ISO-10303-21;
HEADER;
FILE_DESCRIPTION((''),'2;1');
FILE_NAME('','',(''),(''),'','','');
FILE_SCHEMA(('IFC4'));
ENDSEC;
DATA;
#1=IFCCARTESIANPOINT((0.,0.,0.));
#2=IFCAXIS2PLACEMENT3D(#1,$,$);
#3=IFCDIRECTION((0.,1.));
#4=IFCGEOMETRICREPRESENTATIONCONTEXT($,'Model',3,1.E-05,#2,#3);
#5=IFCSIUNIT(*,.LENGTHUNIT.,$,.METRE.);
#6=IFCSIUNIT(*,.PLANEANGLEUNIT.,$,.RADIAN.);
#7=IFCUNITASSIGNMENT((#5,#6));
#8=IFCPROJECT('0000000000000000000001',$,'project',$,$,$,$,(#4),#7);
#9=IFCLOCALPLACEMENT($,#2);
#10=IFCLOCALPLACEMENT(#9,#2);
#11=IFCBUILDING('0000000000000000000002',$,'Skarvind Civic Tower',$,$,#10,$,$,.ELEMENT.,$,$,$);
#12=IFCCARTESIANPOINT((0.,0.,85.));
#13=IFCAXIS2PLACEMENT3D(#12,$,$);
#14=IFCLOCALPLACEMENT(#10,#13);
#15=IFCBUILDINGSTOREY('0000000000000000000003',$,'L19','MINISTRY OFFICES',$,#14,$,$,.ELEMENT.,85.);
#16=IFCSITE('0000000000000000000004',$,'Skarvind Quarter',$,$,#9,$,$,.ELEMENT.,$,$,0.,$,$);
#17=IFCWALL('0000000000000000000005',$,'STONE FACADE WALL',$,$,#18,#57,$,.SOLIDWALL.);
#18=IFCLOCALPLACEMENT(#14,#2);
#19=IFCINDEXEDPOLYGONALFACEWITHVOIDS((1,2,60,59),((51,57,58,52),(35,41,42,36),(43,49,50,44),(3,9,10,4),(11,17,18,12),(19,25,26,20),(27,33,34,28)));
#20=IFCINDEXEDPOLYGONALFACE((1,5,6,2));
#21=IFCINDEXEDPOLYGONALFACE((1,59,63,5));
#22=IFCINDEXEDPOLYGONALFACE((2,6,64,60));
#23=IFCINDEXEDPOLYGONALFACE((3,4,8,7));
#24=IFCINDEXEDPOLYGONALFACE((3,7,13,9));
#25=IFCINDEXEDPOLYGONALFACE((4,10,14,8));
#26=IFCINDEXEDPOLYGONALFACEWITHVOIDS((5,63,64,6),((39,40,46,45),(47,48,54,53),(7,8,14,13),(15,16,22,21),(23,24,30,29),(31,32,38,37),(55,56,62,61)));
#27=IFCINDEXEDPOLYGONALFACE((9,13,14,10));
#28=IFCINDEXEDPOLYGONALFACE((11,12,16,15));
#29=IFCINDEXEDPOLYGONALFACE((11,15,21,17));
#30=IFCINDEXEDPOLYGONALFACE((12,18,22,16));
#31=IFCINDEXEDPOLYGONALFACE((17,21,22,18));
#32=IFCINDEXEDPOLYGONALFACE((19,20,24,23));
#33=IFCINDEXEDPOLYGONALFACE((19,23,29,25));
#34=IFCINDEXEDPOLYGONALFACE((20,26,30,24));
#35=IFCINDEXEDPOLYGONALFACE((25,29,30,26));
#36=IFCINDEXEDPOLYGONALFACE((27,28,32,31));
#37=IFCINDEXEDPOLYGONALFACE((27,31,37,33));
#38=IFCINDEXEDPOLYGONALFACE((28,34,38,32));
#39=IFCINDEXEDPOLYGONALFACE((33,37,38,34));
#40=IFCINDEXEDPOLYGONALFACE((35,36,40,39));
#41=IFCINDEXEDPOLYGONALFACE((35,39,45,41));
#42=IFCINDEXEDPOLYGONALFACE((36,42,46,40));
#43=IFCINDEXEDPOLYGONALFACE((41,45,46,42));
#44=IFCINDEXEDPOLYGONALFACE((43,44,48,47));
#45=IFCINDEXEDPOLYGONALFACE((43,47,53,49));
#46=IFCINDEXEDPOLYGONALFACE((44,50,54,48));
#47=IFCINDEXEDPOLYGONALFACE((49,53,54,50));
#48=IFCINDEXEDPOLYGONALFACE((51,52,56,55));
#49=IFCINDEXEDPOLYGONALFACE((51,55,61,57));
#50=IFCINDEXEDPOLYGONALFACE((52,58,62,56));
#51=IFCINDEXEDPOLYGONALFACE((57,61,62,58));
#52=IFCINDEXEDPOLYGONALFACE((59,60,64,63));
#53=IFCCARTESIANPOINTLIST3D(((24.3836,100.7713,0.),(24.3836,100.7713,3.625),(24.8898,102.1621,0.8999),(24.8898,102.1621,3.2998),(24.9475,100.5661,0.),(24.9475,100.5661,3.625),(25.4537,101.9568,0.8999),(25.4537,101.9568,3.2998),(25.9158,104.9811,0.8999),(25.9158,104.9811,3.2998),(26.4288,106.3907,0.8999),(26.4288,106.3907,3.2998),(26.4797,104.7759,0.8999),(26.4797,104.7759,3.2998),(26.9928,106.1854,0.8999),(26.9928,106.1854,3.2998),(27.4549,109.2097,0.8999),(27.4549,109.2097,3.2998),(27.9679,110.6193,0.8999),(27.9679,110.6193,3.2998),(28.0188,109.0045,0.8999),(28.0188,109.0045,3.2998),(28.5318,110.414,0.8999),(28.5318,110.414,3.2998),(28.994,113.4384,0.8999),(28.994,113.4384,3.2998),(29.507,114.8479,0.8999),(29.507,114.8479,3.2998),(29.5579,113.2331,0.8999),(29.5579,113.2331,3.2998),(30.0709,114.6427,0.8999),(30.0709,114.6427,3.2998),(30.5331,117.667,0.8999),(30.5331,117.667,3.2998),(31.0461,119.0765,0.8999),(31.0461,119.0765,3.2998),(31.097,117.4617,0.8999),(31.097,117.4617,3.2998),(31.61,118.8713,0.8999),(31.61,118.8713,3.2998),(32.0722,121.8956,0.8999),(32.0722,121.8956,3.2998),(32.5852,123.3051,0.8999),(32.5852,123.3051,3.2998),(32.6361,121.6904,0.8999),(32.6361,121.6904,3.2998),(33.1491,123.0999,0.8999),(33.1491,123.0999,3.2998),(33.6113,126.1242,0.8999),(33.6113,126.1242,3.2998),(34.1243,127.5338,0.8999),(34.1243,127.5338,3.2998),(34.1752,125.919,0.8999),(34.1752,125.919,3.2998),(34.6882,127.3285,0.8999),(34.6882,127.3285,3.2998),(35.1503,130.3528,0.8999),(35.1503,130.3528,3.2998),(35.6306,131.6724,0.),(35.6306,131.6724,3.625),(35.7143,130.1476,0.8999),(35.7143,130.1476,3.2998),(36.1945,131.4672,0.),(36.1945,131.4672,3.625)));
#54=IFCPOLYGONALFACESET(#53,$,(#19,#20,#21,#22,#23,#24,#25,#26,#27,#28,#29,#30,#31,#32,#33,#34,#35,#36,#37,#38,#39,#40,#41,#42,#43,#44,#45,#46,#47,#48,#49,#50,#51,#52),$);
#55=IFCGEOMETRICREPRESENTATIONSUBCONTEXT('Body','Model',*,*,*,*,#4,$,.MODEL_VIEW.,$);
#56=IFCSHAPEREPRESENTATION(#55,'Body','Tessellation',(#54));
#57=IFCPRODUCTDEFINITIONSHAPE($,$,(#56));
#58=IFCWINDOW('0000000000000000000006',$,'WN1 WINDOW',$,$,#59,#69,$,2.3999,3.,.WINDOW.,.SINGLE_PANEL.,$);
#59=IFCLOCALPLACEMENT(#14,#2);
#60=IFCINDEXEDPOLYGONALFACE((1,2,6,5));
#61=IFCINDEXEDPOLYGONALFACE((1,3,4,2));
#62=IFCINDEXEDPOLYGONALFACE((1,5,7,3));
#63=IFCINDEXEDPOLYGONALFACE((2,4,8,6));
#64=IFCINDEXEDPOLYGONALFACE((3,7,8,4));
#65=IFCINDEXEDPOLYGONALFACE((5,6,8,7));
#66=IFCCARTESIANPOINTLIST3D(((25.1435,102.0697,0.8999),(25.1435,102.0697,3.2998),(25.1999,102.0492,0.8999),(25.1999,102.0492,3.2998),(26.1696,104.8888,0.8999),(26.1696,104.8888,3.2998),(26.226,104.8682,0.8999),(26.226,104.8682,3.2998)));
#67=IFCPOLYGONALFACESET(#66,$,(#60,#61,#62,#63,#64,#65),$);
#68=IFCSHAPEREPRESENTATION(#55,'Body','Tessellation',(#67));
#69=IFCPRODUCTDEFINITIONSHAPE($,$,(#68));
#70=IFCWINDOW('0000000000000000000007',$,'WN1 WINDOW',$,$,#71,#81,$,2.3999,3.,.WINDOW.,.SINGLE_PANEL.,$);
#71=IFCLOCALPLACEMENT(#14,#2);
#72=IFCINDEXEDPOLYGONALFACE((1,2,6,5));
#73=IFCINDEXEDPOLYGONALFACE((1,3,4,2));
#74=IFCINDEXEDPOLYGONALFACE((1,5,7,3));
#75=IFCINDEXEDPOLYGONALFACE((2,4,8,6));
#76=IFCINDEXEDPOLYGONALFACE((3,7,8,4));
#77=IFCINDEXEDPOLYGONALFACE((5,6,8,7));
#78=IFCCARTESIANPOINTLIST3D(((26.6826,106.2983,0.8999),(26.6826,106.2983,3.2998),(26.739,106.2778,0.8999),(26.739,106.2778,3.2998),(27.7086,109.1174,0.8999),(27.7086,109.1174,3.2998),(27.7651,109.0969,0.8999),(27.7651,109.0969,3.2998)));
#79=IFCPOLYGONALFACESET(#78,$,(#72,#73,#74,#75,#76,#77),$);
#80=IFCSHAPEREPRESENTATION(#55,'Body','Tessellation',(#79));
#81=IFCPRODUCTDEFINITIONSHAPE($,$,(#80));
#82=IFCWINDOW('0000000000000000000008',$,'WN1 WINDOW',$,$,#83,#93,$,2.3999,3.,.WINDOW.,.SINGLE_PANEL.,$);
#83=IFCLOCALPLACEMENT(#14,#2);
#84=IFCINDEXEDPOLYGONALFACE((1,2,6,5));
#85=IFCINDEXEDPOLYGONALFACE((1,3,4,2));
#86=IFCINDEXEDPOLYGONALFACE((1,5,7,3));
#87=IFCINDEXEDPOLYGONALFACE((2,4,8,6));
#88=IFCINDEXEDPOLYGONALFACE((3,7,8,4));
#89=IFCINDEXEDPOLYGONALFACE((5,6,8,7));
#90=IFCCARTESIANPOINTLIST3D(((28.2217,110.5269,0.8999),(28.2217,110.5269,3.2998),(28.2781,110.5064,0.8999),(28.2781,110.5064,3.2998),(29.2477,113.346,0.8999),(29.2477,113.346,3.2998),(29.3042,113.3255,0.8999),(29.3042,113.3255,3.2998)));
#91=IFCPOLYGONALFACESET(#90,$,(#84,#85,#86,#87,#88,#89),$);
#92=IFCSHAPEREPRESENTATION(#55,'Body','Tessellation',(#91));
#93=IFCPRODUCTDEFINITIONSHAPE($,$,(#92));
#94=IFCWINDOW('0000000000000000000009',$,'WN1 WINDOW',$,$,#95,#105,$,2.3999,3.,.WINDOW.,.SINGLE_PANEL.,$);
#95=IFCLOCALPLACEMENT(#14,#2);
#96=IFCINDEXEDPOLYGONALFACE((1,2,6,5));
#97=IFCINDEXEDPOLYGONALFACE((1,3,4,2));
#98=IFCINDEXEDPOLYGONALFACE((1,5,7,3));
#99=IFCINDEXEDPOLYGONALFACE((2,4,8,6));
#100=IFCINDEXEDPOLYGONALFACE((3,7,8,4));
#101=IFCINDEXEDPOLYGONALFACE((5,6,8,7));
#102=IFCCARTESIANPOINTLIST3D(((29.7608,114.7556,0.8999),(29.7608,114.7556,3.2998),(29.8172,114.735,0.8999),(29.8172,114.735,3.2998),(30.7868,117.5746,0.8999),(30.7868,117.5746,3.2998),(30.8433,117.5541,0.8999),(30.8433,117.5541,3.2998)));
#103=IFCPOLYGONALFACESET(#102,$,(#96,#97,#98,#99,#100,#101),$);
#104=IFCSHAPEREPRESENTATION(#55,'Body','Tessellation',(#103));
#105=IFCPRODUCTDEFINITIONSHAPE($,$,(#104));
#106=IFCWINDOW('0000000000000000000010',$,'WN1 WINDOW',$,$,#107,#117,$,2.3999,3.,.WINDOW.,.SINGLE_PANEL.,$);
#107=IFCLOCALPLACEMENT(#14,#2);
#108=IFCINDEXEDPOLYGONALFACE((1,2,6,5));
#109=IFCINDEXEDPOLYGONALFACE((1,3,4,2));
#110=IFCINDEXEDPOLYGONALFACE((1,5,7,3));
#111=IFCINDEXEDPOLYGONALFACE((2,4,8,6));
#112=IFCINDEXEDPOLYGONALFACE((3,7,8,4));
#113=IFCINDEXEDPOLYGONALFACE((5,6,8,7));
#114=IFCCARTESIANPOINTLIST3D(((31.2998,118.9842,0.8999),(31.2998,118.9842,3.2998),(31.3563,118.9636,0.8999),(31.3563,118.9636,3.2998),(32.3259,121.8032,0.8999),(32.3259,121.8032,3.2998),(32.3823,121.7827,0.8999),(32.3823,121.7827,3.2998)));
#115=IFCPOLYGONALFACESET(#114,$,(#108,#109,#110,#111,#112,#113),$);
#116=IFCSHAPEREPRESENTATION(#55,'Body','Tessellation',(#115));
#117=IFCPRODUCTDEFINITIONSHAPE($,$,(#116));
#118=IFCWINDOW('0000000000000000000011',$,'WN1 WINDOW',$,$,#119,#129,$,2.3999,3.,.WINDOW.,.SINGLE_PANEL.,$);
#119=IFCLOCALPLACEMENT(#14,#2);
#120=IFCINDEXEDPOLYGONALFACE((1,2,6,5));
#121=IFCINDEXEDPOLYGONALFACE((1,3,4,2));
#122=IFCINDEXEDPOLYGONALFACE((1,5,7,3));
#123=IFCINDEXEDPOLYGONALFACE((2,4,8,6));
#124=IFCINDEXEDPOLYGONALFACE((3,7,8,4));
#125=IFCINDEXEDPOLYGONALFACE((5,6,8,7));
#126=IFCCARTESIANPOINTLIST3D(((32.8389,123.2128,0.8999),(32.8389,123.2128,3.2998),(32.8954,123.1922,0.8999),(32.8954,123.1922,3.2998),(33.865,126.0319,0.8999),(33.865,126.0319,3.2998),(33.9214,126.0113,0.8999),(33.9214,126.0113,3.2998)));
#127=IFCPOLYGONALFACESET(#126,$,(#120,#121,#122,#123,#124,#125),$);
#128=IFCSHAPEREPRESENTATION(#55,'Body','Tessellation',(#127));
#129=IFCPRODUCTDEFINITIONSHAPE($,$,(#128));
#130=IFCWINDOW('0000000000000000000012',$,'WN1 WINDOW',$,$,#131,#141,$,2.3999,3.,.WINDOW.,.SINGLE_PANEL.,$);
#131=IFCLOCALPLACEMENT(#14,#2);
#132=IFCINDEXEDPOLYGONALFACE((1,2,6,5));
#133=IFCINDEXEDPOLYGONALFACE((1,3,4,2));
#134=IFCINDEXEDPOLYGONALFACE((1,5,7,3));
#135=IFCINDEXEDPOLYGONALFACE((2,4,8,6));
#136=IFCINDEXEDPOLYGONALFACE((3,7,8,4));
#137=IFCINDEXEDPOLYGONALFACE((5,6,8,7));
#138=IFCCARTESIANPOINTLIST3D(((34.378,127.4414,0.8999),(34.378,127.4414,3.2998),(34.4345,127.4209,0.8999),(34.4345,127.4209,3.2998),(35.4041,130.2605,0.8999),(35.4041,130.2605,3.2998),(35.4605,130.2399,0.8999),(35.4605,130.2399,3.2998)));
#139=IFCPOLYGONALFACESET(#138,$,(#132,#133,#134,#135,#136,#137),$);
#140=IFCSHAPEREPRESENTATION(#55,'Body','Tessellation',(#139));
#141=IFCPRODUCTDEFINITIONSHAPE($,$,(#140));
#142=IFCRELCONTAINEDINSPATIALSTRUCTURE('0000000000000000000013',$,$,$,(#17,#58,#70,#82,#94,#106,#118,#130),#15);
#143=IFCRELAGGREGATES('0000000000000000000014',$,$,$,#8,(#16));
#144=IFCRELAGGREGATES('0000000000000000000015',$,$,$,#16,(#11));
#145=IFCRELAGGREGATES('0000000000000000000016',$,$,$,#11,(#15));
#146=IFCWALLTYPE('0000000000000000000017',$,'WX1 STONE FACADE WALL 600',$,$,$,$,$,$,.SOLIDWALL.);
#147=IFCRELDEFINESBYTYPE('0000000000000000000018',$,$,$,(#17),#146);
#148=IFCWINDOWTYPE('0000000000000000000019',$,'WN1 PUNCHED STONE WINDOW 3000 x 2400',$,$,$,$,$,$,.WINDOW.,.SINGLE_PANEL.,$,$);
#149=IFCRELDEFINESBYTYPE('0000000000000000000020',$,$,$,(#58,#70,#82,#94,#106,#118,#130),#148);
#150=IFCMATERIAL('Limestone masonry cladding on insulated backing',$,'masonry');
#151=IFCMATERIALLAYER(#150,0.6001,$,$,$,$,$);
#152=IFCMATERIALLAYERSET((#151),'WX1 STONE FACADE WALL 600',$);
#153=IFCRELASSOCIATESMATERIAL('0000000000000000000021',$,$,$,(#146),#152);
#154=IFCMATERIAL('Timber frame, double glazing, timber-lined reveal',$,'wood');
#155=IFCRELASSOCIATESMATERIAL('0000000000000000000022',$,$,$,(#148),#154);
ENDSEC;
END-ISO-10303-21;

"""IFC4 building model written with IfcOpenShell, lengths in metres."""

from ifc_helpers import new_model, si_unit, direction, frame, frame_2d, origin, place, context, subcontext, project, spatial, rectangle, extrude, material, layer, layer_set, type_object, element, fill, save


model = new_model("IFC4")

# Units and contexts
model_context = context("Model", 3, precision=1e-05, world=origin(), true_north=direction((0.0, 1.0)))
body_context = subcontext(model_context, "Body", "Model", "MODEL_VIEW")
ifc_project = project(units=[si_unit("LENGTHUNIT", "METRE"), si_unit("PLANEANGLEUNIT", "RADIAN")], contexts=[model_context])

# Site, building, storey
site_placement = place(None, origin())
site = spatial("IfcSite", under=ifc_project, at=site_placement, Name="Skarvind Quarter", CompositionType="ELEMENT", RefElevation=0.0)
building_placement = place(site_placement, origin())
building = spatial("IfcBuilding", under=site, at=building_placement, Name="Skarvind Civic Tower", CompositionType="ELEMENT")
storey_placement = place(building_placement, frame((0.0, 0.0, 85.0)))
storey = spatial("IfcBuildingStorey", under=building, at=storey_placement, Name="L19", Description="MINISTRY OFFICES", CompositionType="ELEMENT", Elevation=85.0)

# Wall, openings, windows
ifc_material_1 = material(Name="Limestone masonry cladding on insulated backing", Category="masonry")
ifc_layer_1 = layer(ifc_material_1, 0.6001)
ifc_layer_set_1 = layer_set([ifc_layer_1], Name="WX1 STONE FACADE WALL 600")
wall_type_1 = type_object("IfcWallType", Name="WX1 STONE FACADE WALL 600", PredefinedType="SOLIDWALL", material=ifc_layer_set_1)
wall_1_placement = place(storey_placement, frame((24.6655, 100.6687, 0.0), z_axis=(0.0, 0.0, 1.0), x_axis=(0.34202, 0.939693, 0.0)))
wall_1 = element("IfcWall", 1, at=wall_1_placement, inside=storey, type_object=wall_type_1, Name="STONE FACADE WALL", PredefinedType="SOLIDWALL", context=body_context, shape_type="SweptSolid", body=[
    extrude(rectangle(XDim=32.8843, YDim=0.6001, at=frame_2d((16.4421, 0.0))), origin(), (0.0, 0.0, 1.0), 3.625),
])
opening_1_placement = place(wall_1_placement, frame((1.48, 0.0, 0.8999)))
opening_1 = element("IfcOpeningElement", 2, at=opening_1_placement, cuts=wall_1, PredefinedType="OPENING", context=body_context, shape_type="SweptSolid", body=[
    extrude(rectangle(XDim=3.0, YDim=2.3999, at=frame_2d((1.5, 1.2))), frame((0.0, 0.3101, 0.0), z_axis=(0.0, -1.0, 0.0), x_axis=(1.0, 0.0, 0.0)), (0.0, 0.0, 1.0), 0.6201),
])
opening_2_placement = place(wall_1_placement, frame((5.98, 0.0, 0.8999)))
opening_2 = element("IfcOpeningElement", 3, at=opening_2_placement, cuts=wall_1, PredefinedType="OPENING", context=body_context, shape_type="SweptSolid", body=[
    extrude(rectangle(XDim=3.0, YDim=2.3999, at=frame_2d((1.5, 1.2))), frame((0.0, 0.3101, 0.0), z_axis=(0.0, -1.0, 0.0), x_axis=(1.0, 0.0, 0.0)), (0.0, 0.0, 1.0), 0.6201),
])
opening_3_placement = place(wall_1_placement, frame((10.48, 0.0, 0.8999)))
opening_3 = element("IfcOpeningElement", 4, at=opening_3_placement, cuts=wall_1, PredefinedType="OPENING", context=body_context, shape_type="SweptSolid", body=[
    extrude(rectangle(XDim=3.0, YDim=2.3999, at=frame_2d((1.5, 1.2))), frame((0.0, 0.3101, 0.0), z_axis=(0.0, -1.0, 0.0), x_axis=(1.0, 0.0, 0.0)), (0.0, 0.0, 1.0), 0.6201),
])
opening_4_placement = place(wall_1_placement, frame((14.98, 0.0, 0.8999)))
opening_4 = element("IfcOpeningElement", 5, at=opening_4_placement, cuts=wall_1, PredefinedType="OPENING", context=body_context, shape_type="SweptSolid", body=[
    extrude(rectangle(XDim=3.0, YDim=2.3999, at=frame_2d((1.5, 1.2))), frame((0.0, 0.3101, 0.0), z_axis=(0.0, -1.0, 0.0), x_axis=(1.0, 0.0, 0.0)), (0.0, 0.0, 1.0), 0.6201),
])
opening_5_placement = place(wall_1_placement, frame((19.48, 0.0, 0.8999)))
opening_5 = element("IfcOpeningElement", 6, at=opening_5_placement, cuts=wall_1, PredefinedType="OPENING", context=body_context, shape_type="SweptSolid", body=[
    extrude(rectangle(XDim=3.0, YDim=2.3999, at=frame_2d((1.5, 1.2))), frame((0.0, 0.3101, 0.0), z_axis=(0.0, -1.0, 0.0), x_axis=(1.0, 0.0, 0.0)), (0.0, 0.0, 1.0), 0.6201),
])
opening_6_placement = place(wall_1_placement, frame((23.98, 0.0, 0.8999)))
opening_6 = element("IfcOpeningElement", 7, at=opening_6_placement, cuts=wall_1, PredefinedType="OPENING", context=body_context, shape_type="SweptSolid", body=[
    extrude(rectangle(XDim=3.0, YDim=2.3999, at=frame_2d((1.5, 1.2))), frame((0.0, 0.3101, 0.0), z_axis=(0.0, -1.0, 0.0), x_axis=(1.0, 0.0, 0.0)), (0.0, 0.0, 1.0), 0.6201),
])
opening_7_placement = place(wall_1_placement, frame((28.48, 0.0, 0.8999)))
opening_7 = element("IfcOpeningElement", 8, at=opening_7_placement, cuts=wall_1, PredefinedType="OPENING", context=body_context, shape_type="SweptSolid", body=[
    extrude(rectangle(XDim=3.0, YDim=2.3999, at=frame_2d((1.5, 1.2))), frame((0.0, 0.3101, 0.0), z_axis=(0.0, -1.0, 0.0), x_axis=(1.0, 0.0, 0.0)), (0.0, 0.0, 1.0), 0.6201),
])
ifc_material_2 = material(Name="Timber frame, double glazing, timber-lined reveal", Category="wood")
window_type = type_object("IfcWindowType", Name="WN1 PUNCHED STONE WINDOW 3000 x 2400", PartitioningType="SINGLE_PANEL", PredefinedType="WINDOW", material=ifc_material_2)
window_1_placement = place(opening_1_placement, origin())
window_1 = element("IfcWindow", 9, at=window_1_placement, inside=storey, type_object=window_type, Name="WN1 WINDOW", OverallHeight=2.3999, OverallWidth=3.0, PartitioningType="SINGLE_PANEL", PredefinedType="WINDOW", context=body_context, shape_type="SweptSolid", body=[
    extrude(rectangle(XDim=3.0, YDim=2.3999, at=frame_2d((1.5, 1.2))), frame((0.0, 0.03, 0.0), z_axis=(0.0, -1.0, 0.0), x_axis=(1.0, 0.0, 0.0)), (0.0, 0.0, 1.0), 0.0601),
])
fill(opening_1, window_1)
window_2_placement = place(opening_2_placement, origin())
window_2 = element("IfcWindow", 10, at=window_2_placement, inside=storey, type_object=window_type, Name="WN1 WINDOW", OverallHeight=2.3999, OverallWidth=3.0, PartitioningType="SINGLE_PANEL", PredefinedType="WINDOW", context=body_context, shape_type="SweptSolid", body=[
    extrude(rectangle(XDim=3.0, YDim=2.3999, at=frame_2d((1.5, 1.2))), frame((0.0, 0.03, 0.0), z_axis=(0.0, -1.0, 0.0), x_axis=(1.0, 0.0, 0.0)), (0.0, 0.0, 1.0), 0.0601),
])
fill(opening_2, window_2)
window_3_placement = place(opening_3_placement, origin())
window_3 = element("IfcWindow", 11, at=window_3_placement, inside=storey, type_object=window_type, Name="WN1 WINDOW", OverallHeight=2.3999, OverallWidth=3.0, PartitioningType="SINGLE_PANEL", PredefinedType="WINDOW", context=body_context, shape_type="SweptSolid", body=[
    extrude(rectangle(XDim=3.0, YDim=2.3999, at=frame_2d((1.5, 1.2))), frame((0.0, 0.03, 0.0), z_axis=(0.0, -1.0, 0.0), x_axis=(1.0, 0.0, 0.0)), (0.0, 0.0, 1.0), 0.0601),
])
fill(opening_3, window_3)
window_4_placement = place(opening_4_placement, origin())
window_4 = element("IfcWindow", 12, at=window_4_placement, inside=storey, type_object=window_type, Name="WN1 WINDOW", OverallHeight=2.3999, OverallWidth=3.0, PartitioningType="SINGLE_PANEL", PredefinedType="WINDOW", context=body_context, shape_type="SweptSolid", body=[
    extrude(rectangle(XDim=3.0, YDim=2.3999, at=frame_2d((1.5, 1.2))), frame((0.0, 0.03, 0.0), z_axis=(0.0, -1.0, 0.0), x_axis=(1.0, 0.0, 0.0)), (0.0, 0.0, 1.0), 0.0601),
])
fill(opening_4, window_4)
window_5_placement = place(opening_5_placement, origin())
window_5 = element("IfcWindow", 13, at=window_5_placement, inside=storey, type_object=window_type, Name="WN1 WINDOW", OverallHeight=2.3999, OverallWidth=3.0, PartitioningType="SINGLE_PANEL", PredefinedType="WINDOW", context=body_context, shape_type="SweptSolid", body=[
    extrude(rectangle(XDim=3.0, YDim=2.3999, at=frame_2d((1.5, 1.2))), frame((0.0, 0.03, 0.0), z_axis=(0.0, -1.0, 0.0), x_axis=(1.0, 0.0, 0.0)), (0.0, 0.0, 1.0), 0.0601),
])
fill(opening_5, window_5)
window_6_placement = place(opening_6_placement, origin())
window_6 = element("IfcWindow", 14, at=window_6_placement, inside=storey, type_object=window_type, Name="WN1 WINDOW", OverallHeight=2.3999, OverallWidth=3.0, PartitioningType="SINGLE_PANEL", PredefinedType="WINDOW", context=body_context, shape_type="SweptSolid", body=[
    extrude(rectangle(XDim=3.0, YDim=2.3999, at=frame_2d((1.5, 1.2))), frame((0.0, 0.03, 0.0), z_axis=(0.0, -1.0, 0.0), x_axis=(1.0, 0.0, 0.0)), (0.0, 0.0, 1.0), 0.0601),
])
fill(opening_6, window_6)
window_7_placement = place(opening_7_placement, origin())
window_7 = element("IfcWindow", 15, at=window_7_placement, inside=storey, type_object=window_type, Name="WN1 WINDOW", OverallHeight=2.3999, OverallWidth=3.0, PartitioningType="SINGLE_PANEL", PredefinedType="WINDOW", context=body_context, shape_type="SweptSolid", body=[
    extrude(rectangle(XDim=3.0, YDim=2.3999, at=frame_2d((1.5, 1.2))), frame((0.0, 0.03, 0.0), z_axis=(0.0, -1.0, 0.0), x_axis=(1.0, 0.0, 0.0)), (0.0, 0.0, 1.0), 0.0601),
])
fill(opening_7, window_7)

save(model, "model.ifc")
